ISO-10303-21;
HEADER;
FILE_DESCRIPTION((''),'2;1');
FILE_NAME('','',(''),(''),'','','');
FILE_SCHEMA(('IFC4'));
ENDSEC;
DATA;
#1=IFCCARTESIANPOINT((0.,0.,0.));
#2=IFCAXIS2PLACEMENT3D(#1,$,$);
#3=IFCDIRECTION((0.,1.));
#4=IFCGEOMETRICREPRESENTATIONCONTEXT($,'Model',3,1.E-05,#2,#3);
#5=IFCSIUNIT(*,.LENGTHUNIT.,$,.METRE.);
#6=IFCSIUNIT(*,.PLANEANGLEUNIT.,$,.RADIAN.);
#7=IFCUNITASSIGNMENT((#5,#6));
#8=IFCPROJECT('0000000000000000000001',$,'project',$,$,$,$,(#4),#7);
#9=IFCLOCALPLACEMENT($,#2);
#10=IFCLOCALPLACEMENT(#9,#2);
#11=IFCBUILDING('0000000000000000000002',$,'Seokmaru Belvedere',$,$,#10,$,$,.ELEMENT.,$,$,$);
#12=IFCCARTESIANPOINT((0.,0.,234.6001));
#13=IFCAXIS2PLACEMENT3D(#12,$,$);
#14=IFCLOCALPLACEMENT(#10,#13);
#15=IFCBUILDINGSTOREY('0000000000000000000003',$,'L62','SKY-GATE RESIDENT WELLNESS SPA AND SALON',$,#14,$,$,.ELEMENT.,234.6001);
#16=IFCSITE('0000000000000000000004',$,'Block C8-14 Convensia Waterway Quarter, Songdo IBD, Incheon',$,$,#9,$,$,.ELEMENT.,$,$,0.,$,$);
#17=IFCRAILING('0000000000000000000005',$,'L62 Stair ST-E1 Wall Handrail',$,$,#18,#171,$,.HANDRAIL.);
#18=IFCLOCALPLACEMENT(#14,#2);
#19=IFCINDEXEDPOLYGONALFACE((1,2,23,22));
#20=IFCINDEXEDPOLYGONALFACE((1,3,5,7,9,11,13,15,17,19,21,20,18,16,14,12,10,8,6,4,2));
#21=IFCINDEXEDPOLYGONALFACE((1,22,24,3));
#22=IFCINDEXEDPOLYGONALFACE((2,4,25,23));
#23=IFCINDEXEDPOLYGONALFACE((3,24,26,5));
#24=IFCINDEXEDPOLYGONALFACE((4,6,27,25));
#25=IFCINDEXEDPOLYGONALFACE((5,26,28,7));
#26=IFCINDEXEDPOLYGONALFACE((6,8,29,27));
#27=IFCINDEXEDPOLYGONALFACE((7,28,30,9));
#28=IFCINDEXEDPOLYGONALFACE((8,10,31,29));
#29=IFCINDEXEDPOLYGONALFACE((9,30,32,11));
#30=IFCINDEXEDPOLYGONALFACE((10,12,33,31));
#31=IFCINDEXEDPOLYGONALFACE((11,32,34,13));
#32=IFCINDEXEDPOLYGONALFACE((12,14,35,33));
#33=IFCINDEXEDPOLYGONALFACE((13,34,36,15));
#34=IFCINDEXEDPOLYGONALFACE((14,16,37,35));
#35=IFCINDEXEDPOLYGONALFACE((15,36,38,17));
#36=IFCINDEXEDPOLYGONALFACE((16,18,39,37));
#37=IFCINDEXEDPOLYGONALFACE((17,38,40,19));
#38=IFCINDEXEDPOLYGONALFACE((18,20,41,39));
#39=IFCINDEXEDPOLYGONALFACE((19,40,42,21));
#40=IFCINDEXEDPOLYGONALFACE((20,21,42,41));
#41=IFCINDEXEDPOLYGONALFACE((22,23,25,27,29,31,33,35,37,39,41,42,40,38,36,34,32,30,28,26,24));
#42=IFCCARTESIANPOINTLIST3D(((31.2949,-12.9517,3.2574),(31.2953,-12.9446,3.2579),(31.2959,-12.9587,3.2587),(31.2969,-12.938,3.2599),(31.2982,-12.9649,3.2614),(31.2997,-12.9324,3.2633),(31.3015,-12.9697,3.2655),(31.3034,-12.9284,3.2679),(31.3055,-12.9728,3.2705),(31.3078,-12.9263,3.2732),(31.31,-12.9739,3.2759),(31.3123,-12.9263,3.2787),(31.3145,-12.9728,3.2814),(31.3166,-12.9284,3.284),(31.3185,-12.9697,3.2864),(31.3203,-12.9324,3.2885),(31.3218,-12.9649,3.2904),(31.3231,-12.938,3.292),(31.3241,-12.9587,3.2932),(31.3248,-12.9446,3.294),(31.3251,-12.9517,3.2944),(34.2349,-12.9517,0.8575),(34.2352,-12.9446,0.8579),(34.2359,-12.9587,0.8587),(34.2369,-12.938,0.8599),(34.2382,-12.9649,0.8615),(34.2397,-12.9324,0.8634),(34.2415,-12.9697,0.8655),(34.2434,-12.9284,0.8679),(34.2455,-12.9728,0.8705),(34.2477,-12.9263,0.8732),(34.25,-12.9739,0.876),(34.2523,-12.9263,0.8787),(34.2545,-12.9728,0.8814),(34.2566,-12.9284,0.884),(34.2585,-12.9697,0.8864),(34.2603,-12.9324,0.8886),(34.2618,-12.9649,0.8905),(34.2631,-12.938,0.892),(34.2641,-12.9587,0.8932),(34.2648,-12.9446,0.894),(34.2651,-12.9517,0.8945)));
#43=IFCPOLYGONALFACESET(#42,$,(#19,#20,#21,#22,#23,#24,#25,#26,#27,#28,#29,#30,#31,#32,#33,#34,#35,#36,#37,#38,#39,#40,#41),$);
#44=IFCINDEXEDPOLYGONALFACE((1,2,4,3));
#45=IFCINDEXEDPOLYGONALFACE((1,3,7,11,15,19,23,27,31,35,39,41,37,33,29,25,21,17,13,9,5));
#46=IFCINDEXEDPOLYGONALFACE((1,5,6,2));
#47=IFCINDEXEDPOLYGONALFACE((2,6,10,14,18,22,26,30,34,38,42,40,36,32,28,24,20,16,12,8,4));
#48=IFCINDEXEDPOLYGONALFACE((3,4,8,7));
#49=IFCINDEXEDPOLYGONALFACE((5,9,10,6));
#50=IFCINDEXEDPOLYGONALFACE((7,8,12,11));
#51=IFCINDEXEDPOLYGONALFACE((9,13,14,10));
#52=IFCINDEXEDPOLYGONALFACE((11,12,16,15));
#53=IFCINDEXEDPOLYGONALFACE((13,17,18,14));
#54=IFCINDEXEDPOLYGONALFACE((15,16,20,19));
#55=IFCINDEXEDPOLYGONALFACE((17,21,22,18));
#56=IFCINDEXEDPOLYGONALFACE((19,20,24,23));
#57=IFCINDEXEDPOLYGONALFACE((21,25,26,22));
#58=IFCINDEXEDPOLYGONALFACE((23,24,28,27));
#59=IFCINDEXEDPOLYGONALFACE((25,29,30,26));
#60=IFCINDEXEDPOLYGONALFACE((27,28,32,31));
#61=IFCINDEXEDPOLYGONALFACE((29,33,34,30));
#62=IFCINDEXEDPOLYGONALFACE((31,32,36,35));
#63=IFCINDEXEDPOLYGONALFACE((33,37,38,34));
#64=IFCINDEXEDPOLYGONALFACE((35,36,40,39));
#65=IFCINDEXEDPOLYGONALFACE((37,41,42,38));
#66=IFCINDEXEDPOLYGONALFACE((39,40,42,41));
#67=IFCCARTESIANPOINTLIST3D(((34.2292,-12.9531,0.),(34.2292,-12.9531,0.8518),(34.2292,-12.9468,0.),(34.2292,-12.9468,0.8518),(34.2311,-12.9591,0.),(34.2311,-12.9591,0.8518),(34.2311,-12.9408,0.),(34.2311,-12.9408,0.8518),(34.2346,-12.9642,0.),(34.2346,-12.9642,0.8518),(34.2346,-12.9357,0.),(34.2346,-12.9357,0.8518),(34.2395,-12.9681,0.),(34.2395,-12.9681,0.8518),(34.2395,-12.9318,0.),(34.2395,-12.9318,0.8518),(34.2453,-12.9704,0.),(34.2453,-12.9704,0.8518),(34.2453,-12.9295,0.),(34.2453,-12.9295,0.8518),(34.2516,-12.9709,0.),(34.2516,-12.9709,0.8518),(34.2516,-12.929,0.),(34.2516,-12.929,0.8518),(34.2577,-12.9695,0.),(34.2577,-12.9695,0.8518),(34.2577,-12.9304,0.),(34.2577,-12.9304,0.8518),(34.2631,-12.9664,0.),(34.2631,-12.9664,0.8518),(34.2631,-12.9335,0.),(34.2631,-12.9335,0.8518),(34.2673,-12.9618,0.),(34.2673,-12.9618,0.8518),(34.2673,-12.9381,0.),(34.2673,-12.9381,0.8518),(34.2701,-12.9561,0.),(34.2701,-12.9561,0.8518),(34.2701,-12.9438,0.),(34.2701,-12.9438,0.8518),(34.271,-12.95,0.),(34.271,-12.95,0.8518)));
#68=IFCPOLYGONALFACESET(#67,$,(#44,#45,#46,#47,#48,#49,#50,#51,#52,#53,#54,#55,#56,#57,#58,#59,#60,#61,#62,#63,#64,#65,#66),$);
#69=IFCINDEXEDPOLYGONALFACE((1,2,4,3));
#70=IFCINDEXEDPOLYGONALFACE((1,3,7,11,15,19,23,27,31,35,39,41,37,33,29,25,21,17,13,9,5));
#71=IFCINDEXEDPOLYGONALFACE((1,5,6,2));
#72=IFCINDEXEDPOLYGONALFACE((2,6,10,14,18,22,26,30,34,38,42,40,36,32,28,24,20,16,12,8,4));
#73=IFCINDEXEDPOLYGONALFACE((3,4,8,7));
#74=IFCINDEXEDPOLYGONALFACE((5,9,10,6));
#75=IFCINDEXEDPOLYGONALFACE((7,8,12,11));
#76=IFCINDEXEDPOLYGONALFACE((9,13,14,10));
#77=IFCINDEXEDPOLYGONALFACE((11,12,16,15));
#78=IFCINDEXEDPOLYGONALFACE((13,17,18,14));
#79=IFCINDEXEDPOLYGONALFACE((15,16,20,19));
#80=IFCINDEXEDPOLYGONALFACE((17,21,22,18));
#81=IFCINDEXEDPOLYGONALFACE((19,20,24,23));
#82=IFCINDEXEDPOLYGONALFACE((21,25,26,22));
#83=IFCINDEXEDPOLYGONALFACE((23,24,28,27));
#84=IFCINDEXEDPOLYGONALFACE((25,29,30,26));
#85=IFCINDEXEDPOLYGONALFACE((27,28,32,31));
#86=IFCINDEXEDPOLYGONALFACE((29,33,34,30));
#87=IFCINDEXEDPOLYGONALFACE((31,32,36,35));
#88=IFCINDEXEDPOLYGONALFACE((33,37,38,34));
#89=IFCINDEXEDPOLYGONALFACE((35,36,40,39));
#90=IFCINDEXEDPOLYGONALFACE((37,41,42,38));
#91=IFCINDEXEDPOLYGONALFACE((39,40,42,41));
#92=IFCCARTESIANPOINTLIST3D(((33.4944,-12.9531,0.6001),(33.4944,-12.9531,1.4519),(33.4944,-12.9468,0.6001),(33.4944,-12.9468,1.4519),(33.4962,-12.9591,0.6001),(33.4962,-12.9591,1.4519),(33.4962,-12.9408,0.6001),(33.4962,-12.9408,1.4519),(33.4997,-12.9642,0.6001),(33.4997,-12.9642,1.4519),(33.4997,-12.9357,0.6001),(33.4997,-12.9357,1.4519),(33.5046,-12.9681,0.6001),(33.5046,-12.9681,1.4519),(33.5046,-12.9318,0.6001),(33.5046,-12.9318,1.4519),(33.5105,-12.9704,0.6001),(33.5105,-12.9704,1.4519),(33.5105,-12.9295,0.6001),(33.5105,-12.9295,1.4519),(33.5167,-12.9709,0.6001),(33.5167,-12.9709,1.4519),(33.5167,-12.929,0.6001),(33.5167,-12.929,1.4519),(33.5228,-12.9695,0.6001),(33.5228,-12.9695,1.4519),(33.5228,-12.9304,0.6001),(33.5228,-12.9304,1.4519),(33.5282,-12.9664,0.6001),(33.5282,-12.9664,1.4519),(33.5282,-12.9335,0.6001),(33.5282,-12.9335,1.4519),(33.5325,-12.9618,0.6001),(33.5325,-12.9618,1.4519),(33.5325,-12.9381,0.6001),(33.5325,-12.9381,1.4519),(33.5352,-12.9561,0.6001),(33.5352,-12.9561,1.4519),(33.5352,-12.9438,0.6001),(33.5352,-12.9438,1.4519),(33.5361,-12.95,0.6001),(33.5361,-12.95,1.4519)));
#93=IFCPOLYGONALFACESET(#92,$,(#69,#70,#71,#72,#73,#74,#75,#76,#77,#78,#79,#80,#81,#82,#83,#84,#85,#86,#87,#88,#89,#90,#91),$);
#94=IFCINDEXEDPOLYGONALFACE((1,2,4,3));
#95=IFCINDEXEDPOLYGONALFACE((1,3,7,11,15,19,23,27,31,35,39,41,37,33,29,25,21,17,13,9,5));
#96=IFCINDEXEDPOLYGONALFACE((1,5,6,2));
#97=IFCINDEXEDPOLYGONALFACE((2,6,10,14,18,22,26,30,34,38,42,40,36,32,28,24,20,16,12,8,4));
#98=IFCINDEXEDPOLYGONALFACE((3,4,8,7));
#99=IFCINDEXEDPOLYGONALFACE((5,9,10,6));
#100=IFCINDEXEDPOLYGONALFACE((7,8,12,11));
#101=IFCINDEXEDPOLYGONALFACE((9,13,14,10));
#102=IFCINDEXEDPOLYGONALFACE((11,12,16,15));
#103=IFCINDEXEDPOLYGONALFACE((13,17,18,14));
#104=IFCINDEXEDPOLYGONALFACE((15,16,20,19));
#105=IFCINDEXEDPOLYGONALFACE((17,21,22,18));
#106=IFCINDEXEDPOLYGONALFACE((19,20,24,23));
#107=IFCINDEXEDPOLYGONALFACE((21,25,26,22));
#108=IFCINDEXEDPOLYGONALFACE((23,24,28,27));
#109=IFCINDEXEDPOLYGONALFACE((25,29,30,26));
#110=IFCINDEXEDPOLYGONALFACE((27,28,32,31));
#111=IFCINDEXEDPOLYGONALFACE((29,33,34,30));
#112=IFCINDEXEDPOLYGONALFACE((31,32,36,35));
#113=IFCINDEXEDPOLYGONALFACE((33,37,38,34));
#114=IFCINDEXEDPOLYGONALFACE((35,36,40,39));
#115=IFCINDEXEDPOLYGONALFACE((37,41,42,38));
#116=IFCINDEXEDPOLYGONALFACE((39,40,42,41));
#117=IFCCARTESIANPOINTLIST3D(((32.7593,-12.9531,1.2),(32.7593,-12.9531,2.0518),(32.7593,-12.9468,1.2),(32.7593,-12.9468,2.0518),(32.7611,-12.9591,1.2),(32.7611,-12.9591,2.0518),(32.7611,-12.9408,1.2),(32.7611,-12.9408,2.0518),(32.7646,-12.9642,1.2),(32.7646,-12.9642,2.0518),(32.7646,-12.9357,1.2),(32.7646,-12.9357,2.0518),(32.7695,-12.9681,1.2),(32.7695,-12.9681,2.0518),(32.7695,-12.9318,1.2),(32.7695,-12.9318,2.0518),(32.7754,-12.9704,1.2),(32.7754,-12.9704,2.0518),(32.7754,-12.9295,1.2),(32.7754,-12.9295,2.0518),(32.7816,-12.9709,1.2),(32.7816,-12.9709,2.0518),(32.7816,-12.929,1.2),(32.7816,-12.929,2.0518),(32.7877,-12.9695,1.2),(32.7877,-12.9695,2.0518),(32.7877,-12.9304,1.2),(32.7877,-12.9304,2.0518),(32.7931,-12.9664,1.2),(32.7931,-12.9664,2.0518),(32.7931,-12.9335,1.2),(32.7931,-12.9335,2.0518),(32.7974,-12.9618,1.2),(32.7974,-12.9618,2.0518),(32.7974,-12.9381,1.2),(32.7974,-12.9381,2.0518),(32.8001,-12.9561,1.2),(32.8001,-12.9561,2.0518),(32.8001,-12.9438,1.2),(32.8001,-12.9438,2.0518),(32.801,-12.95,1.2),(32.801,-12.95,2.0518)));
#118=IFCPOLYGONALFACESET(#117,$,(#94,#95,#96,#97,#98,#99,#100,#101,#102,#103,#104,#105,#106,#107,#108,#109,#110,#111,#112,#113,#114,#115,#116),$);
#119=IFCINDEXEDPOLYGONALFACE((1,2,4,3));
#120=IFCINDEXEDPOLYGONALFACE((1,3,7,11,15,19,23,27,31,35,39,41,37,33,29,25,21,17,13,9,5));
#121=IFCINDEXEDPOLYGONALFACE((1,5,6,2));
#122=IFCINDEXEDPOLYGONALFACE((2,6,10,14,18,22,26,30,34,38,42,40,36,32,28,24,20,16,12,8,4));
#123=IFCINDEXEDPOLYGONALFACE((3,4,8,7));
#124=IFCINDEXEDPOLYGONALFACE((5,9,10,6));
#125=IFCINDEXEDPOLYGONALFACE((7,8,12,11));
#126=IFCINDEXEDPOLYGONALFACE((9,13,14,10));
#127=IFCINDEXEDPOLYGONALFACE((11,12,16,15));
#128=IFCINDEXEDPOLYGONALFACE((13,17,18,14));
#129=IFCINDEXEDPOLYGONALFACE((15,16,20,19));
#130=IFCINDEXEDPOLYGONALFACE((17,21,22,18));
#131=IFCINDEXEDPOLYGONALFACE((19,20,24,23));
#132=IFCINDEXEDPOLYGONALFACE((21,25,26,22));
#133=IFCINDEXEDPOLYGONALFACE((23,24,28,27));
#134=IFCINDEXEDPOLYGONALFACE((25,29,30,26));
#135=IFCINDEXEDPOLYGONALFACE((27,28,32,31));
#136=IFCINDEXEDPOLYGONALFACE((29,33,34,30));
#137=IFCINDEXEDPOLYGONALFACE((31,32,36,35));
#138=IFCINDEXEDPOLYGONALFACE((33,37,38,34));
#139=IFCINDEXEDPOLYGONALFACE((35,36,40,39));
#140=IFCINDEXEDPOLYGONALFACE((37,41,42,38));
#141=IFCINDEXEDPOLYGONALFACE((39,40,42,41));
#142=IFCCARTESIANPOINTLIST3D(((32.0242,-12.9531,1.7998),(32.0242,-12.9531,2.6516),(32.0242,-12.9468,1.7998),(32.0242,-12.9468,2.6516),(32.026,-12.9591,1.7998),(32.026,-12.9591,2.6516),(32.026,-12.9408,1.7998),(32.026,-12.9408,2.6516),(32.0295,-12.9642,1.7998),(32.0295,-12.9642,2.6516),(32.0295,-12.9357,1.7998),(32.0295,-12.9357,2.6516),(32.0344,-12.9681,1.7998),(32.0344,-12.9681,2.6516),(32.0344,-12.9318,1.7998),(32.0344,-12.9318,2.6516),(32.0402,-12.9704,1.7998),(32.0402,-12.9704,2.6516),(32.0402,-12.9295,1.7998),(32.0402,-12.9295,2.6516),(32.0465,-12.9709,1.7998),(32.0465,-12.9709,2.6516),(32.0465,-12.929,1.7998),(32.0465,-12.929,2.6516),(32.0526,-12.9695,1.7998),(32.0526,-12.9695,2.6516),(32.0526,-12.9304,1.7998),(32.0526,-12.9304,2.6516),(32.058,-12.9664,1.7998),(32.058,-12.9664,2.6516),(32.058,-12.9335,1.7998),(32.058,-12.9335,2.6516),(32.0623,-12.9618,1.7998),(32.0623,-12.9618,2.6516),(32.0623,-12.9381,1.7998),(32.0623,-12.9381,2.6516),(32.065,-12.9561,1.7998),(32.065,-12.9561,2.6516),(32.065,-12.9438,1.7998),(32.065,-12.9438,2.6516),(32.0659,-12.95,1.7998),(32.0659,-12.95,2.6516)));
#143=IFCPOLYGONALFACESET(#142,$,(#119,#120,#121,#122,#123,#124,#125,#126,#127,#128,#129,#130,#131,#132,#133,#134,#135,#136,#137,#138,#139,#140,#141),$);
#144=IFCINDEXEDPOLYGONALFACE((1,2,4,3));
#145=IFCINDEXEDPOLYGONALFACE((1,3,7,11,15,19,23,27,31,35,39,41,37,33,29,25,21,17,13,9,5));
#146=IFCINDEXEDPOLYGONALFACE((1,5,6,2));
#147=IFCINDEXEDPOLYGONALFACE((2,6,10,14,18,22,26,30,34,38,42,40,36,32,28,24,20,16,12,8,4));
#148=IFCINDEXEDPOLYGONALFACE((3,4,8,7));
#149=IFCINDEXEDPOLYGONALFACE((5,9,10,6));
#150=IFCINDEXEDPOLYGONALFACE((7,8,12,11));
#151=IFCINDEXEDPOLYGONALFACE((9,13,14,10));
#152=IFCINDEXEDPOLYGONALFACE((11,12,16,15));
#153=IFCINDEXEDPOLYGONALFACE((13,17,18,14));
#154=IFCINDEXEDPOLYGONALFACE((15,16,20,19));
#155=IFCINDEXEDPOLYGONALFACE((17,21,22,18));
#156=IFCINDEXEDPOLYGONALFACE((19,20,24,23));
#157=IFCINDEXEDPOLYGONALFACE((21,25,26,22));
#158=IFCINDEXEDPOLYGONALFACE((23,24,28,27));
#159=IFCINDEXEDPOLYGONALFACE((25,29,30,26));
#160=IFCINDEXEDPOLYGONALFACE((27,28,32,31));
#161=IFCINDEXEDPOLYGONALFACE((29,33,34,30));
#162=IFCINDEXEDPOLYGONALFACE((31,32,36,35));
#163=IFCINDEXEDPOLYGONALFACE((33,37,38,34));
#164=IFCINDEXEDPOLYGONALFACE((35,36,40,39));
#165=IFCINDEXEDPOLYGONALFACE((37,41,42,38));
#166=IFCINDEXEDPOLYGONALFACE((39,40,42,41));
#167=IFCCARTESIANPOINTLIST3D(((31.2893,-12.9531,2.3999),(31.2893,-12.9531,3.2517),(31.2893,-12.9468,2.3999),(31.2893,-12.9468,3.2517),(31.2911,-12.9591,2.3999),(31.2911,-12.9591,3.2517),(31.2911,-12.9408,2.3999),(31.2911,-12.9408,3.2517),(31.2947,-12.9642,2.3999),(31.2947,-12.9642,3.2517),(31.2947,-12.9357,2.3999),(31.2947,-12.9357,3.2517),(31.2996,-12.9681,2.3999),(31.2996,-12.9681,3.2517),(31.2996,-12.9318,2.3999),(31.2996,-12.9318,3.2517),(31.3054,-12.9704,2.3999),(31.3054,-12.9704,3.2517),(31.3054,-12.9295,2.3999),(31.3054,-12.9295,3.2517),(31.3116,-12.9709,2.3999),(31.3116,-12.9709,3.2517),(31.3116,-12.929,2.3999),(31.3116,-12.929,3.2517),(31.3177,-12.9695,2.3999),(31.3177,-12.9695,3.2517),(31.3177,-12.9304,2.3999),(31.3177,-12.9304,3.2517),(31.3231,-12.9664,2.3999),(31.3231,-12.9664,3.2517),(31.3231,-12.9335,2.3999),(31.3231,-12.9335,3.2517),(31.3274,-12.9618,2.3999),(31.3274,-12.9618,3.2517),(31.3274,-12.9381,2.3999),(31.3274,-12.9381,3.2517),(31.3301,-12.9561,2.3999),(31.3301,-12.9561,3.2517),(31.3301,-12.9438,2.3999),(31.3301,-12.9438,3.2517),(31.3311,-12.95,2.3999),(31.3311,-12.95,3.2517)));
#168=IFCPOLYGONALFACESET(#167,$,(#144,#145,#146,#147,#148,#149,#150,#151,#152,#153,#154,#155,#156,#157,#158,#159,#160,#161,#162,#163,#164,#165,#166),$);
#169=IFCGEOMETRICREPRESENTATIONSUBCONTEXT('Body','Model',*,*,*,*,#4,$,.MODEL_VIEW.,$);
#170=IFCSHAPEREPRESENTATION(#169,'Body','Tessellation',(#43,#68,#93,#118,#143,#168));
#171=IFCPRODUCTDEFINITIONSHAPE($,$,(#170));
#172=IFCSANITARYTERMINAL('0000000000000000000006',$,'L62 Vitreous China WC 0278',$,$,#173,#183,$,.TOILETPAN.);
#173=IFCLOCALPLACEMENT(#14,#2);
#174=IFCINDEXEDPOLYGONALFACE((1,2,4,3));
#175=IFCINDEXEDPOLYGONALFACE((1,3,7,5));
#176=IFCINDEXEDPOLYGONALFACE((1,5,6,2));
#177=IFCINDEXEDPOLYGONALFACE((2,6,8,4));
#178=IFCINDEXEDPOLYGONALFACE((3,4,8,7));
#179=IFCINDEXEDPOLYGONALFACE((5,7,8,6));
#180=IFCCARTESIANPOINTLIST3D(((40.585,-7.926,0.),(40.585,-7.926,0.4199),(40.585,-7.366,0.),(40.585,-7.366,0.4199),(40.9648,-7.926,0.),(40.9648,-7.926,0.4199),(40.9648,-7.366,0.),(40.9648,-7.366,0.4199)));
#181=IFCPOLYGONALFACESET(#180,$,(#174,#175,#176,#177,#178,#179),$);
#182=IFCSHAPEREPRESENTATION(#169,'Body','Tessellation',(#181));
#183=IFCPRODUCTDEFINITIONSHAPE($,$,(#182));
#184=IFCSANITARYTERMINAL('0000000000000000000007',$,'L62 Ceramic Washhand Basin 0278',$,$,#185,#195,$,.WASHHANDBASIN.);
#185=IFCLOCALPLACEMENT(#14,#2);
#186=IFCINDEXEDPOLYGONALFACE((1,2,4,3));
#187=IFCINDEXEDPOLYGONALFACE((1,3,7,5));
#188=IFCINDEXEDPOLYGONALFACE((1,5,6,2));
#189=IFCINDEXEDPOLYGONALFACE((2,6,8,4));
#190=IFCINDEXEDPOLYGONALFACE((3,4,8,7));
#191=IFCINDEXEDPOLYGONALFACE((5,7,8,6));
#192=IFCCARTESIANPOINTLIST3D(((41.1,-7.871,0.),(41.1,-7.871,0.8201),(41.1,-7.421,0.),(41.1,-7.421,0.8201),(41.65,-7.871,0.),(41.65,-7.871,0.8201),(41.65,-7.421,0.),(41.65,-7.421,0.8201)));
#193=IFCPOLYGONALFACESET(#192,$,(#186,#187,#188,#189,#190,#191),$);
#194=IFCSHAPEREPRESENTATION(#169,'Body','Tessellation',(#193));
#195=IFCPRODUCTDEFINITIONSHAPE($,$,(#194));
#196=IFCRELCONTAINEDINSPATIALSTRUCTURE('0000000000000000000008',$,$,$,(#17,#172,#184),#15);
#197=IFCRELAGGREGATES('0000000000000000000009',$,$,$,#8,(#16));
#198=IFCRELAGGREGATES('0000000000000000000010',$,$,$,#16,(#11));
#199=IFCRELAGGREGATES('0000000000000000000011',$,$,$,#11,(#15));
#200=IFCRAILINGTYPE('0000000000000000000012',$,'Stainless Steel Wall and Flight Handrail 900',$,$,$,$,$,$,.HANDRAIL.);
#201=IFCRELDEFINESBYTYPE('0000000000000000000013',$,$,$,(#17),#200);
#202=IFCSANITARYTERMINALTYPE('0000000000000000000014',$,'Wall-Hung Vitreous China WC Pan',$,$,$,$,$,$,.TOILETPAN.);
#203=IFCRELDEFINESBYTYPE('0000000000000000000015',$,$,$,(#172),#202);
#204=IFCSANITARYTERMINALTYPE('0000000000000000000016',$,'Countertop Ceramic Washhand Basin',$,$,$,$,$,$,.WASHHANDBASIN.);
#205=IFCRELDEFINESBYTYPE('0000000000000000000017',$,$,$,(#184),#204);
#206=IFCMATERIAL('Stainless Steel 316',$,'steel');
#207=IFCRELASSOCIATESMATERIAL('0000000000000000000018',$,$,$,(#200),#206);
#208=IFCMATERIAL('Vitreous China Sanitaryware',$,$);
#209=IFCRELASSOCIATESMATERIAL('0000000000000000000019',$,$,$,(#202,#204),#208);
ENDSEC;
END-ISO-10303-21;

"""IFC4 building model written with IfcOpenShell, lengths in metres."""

from ifc_helpers import new_model, si_unit, direction, frame, origin, origin_2d, place, context, subcontext, project, spatial, rectangle, circle, extrude, source, transform, mapped, material, type_object, type_shapes, element, save


model = new_model("IFC4")

# Units and contexts
model_context = context("Model", 3, precision=1e-05, world=origin(), true_north=direction((0.0, 1.0)))
body_context = subcontext(model_context, "Body", "Model", "MODEL_VIEW")
ifc_project = project(units=[si_unit("LENGTHUNIT", "METRE"), si_unit("PLANEANGLEUNIT", "RADIAN")], contexts=[model_context])

# Site, building, storey
site_placement = place(None, origin())
site = spatial("IfcSite", under=ifc_project, at=site_placement, Name="Block C8-14 Convensia Waterway Quarter, Songdo IBD, Incheon", CompositionType="ELEMENT", RefElevation=0.0)
building_placement = place(site_placement, origin())
building = spatial("IfcBuilding", under=site, at=building_placement, Name="Seokmaru Belvedere", CompositionType="ELEMENT")
storey_placement = place(building_placement, frame((0.0, 0.0, 234.6001)))
storey = spatial("IfcBuildingStorey", under=building, at=storey_placement, Name="L62", Description="SKY-GATE RESIDENT WELLNESS SPA AND SALON", CompositionType="ELEMENT", Elevation=234.6001)

# Railing
ifc_material_1 = material(Name="Stainless Steel 316", Category="steel")
railing_type_1 = type_object("IfcRailingType", Name="Stainless Steel Wall and Flight Handrail 900", PredefinedType="HANDRAIL", material=ifc_material_1)
railing_1_placement = place(storey_placement, frame((34.25, -12.95, 0.0)))
element("IfcRailing", 1, at=railing_1_placement, inside=storey, type_object=railing_type_1, Name="L62 Stair ST-E1 Wall Handrail", PredefinedType="HANDRAIL", context=body_context, shape_type="SweptSolid", body=[
    extrude(circle(Radius=0.0239, at=origin_2d()), frame((0.0, 0.0, 0.876), z_axis=(-0.774668, 0.0, 0.632369), x_axis=(0.0, -1.0, 0.0)), (0.0, 0.0, 1.0), 3.7952),
    extrude(circle(Radius=0.021, at=origin_2d()), origin(), (0.0, 0.0, 1.0), 0.8518),
    extrude(circle(Radius=0.021, at=origin_2d()), frame((-0.7349, 0.0, 0.6001)), (0.0, 0.0, 1.0), 0.8518),
    extrude(circle(Radius=0.021, at=origin_2d()), frame((-1.47, 0.0, 1.2)), (0.0, 0.0, 1.0), 0.8518),
    extrude(circle(Radius=0.021, at=origin_2d()), frame((-2.2051, 0.0, 1.7998)), (0.0, 0.0, 1.0), 0.8518),
    extrude(circle(Radius=0.021, at=origin_2d()), frame((-2.9399, 0.0, 2.3999)), (0.0, 0.0, 1.0), 0.8518),
])

# Sanitary terminals
ifc_material_2 = material(Name="Vitreous China Sanitaryware")
sanitary_terminal_type_1 = type_object("IfcSanitaryTerminalType", Name="Wall-Hung Vitreous China WC Pan", PredefinedType="TOILETPAN", material=ifc_material_2)
shared_shape_1 = source(origin(), body_context, "Body", "SweptSolid", [
    extrude(rectangle(XDim=0.3799, YDim=0.5601, at=origin_2d()), origin(), (0.0, 0.0, 1.0), 0.4199),
])
type_shapes(sanitary_terminal_type_1, [shared_shape_1])
sanitary_terminal_1_placement = place(storey_placement, frame((40.7749, -7.646, 0.0), z_axis=(0.0, 0.0, 1.0), x_axis=(1.0, 0.0, 0.0)))
element("IfcSanitaryTerminal", 2, at=sanitary_terminal_1_placement, inside=storey, type_object=sanitary_terminal_type_1, Name="L62 Vitreous China WC 0278", PredefinedType="TOILETPAN", context=body_context, shape_type="MappedRepresentation", body=[
    mapped(shared_shape_1, transform((0.0, 0.0, 0.0), scale=1.0)),
])
sanitary_terminal_type_2 = type_object("IfcSanitaryTerminalType", Name="Countertop Ceramic Washhand Basin", PredefinedType="WASHHANDBASIN", material=ifc_material_2)
shared_shape_2 = source(origin(), body_context, "Body", "SweptSolid", [
    extrude(rectangle(XDim=0.55, YDim=0.45, at=origin_2d()), origin(), (0.0, 0.0, 1.0), 0.8201),
])
type_shapes(sanitary_terminal_type_2, [shared_shape_2])
sanitary_terminal_2_placement = place(storey_placement, frame((41.375, -7.646, 0.0), z_axis=(0.0, 0.0, 1.0), x_axis=(1.0, 0.0, 0.0)))
element("IfcSanitaryTerminal", 3, at=sanitary_terminal_2_placement, inside=storey, type_object=sanitary_terminal_type_2, Name="L62 Ceramic Washhand Basin 0278", PredefinedType="WASHHANDBASIN", context=body_context, shape_type="MappedRepresentation", body=[
    mapped(shared_shape_2, transform((0.0, 0.0, 0.0), scale=1.0)),
])

save(model, "model.ifc")
